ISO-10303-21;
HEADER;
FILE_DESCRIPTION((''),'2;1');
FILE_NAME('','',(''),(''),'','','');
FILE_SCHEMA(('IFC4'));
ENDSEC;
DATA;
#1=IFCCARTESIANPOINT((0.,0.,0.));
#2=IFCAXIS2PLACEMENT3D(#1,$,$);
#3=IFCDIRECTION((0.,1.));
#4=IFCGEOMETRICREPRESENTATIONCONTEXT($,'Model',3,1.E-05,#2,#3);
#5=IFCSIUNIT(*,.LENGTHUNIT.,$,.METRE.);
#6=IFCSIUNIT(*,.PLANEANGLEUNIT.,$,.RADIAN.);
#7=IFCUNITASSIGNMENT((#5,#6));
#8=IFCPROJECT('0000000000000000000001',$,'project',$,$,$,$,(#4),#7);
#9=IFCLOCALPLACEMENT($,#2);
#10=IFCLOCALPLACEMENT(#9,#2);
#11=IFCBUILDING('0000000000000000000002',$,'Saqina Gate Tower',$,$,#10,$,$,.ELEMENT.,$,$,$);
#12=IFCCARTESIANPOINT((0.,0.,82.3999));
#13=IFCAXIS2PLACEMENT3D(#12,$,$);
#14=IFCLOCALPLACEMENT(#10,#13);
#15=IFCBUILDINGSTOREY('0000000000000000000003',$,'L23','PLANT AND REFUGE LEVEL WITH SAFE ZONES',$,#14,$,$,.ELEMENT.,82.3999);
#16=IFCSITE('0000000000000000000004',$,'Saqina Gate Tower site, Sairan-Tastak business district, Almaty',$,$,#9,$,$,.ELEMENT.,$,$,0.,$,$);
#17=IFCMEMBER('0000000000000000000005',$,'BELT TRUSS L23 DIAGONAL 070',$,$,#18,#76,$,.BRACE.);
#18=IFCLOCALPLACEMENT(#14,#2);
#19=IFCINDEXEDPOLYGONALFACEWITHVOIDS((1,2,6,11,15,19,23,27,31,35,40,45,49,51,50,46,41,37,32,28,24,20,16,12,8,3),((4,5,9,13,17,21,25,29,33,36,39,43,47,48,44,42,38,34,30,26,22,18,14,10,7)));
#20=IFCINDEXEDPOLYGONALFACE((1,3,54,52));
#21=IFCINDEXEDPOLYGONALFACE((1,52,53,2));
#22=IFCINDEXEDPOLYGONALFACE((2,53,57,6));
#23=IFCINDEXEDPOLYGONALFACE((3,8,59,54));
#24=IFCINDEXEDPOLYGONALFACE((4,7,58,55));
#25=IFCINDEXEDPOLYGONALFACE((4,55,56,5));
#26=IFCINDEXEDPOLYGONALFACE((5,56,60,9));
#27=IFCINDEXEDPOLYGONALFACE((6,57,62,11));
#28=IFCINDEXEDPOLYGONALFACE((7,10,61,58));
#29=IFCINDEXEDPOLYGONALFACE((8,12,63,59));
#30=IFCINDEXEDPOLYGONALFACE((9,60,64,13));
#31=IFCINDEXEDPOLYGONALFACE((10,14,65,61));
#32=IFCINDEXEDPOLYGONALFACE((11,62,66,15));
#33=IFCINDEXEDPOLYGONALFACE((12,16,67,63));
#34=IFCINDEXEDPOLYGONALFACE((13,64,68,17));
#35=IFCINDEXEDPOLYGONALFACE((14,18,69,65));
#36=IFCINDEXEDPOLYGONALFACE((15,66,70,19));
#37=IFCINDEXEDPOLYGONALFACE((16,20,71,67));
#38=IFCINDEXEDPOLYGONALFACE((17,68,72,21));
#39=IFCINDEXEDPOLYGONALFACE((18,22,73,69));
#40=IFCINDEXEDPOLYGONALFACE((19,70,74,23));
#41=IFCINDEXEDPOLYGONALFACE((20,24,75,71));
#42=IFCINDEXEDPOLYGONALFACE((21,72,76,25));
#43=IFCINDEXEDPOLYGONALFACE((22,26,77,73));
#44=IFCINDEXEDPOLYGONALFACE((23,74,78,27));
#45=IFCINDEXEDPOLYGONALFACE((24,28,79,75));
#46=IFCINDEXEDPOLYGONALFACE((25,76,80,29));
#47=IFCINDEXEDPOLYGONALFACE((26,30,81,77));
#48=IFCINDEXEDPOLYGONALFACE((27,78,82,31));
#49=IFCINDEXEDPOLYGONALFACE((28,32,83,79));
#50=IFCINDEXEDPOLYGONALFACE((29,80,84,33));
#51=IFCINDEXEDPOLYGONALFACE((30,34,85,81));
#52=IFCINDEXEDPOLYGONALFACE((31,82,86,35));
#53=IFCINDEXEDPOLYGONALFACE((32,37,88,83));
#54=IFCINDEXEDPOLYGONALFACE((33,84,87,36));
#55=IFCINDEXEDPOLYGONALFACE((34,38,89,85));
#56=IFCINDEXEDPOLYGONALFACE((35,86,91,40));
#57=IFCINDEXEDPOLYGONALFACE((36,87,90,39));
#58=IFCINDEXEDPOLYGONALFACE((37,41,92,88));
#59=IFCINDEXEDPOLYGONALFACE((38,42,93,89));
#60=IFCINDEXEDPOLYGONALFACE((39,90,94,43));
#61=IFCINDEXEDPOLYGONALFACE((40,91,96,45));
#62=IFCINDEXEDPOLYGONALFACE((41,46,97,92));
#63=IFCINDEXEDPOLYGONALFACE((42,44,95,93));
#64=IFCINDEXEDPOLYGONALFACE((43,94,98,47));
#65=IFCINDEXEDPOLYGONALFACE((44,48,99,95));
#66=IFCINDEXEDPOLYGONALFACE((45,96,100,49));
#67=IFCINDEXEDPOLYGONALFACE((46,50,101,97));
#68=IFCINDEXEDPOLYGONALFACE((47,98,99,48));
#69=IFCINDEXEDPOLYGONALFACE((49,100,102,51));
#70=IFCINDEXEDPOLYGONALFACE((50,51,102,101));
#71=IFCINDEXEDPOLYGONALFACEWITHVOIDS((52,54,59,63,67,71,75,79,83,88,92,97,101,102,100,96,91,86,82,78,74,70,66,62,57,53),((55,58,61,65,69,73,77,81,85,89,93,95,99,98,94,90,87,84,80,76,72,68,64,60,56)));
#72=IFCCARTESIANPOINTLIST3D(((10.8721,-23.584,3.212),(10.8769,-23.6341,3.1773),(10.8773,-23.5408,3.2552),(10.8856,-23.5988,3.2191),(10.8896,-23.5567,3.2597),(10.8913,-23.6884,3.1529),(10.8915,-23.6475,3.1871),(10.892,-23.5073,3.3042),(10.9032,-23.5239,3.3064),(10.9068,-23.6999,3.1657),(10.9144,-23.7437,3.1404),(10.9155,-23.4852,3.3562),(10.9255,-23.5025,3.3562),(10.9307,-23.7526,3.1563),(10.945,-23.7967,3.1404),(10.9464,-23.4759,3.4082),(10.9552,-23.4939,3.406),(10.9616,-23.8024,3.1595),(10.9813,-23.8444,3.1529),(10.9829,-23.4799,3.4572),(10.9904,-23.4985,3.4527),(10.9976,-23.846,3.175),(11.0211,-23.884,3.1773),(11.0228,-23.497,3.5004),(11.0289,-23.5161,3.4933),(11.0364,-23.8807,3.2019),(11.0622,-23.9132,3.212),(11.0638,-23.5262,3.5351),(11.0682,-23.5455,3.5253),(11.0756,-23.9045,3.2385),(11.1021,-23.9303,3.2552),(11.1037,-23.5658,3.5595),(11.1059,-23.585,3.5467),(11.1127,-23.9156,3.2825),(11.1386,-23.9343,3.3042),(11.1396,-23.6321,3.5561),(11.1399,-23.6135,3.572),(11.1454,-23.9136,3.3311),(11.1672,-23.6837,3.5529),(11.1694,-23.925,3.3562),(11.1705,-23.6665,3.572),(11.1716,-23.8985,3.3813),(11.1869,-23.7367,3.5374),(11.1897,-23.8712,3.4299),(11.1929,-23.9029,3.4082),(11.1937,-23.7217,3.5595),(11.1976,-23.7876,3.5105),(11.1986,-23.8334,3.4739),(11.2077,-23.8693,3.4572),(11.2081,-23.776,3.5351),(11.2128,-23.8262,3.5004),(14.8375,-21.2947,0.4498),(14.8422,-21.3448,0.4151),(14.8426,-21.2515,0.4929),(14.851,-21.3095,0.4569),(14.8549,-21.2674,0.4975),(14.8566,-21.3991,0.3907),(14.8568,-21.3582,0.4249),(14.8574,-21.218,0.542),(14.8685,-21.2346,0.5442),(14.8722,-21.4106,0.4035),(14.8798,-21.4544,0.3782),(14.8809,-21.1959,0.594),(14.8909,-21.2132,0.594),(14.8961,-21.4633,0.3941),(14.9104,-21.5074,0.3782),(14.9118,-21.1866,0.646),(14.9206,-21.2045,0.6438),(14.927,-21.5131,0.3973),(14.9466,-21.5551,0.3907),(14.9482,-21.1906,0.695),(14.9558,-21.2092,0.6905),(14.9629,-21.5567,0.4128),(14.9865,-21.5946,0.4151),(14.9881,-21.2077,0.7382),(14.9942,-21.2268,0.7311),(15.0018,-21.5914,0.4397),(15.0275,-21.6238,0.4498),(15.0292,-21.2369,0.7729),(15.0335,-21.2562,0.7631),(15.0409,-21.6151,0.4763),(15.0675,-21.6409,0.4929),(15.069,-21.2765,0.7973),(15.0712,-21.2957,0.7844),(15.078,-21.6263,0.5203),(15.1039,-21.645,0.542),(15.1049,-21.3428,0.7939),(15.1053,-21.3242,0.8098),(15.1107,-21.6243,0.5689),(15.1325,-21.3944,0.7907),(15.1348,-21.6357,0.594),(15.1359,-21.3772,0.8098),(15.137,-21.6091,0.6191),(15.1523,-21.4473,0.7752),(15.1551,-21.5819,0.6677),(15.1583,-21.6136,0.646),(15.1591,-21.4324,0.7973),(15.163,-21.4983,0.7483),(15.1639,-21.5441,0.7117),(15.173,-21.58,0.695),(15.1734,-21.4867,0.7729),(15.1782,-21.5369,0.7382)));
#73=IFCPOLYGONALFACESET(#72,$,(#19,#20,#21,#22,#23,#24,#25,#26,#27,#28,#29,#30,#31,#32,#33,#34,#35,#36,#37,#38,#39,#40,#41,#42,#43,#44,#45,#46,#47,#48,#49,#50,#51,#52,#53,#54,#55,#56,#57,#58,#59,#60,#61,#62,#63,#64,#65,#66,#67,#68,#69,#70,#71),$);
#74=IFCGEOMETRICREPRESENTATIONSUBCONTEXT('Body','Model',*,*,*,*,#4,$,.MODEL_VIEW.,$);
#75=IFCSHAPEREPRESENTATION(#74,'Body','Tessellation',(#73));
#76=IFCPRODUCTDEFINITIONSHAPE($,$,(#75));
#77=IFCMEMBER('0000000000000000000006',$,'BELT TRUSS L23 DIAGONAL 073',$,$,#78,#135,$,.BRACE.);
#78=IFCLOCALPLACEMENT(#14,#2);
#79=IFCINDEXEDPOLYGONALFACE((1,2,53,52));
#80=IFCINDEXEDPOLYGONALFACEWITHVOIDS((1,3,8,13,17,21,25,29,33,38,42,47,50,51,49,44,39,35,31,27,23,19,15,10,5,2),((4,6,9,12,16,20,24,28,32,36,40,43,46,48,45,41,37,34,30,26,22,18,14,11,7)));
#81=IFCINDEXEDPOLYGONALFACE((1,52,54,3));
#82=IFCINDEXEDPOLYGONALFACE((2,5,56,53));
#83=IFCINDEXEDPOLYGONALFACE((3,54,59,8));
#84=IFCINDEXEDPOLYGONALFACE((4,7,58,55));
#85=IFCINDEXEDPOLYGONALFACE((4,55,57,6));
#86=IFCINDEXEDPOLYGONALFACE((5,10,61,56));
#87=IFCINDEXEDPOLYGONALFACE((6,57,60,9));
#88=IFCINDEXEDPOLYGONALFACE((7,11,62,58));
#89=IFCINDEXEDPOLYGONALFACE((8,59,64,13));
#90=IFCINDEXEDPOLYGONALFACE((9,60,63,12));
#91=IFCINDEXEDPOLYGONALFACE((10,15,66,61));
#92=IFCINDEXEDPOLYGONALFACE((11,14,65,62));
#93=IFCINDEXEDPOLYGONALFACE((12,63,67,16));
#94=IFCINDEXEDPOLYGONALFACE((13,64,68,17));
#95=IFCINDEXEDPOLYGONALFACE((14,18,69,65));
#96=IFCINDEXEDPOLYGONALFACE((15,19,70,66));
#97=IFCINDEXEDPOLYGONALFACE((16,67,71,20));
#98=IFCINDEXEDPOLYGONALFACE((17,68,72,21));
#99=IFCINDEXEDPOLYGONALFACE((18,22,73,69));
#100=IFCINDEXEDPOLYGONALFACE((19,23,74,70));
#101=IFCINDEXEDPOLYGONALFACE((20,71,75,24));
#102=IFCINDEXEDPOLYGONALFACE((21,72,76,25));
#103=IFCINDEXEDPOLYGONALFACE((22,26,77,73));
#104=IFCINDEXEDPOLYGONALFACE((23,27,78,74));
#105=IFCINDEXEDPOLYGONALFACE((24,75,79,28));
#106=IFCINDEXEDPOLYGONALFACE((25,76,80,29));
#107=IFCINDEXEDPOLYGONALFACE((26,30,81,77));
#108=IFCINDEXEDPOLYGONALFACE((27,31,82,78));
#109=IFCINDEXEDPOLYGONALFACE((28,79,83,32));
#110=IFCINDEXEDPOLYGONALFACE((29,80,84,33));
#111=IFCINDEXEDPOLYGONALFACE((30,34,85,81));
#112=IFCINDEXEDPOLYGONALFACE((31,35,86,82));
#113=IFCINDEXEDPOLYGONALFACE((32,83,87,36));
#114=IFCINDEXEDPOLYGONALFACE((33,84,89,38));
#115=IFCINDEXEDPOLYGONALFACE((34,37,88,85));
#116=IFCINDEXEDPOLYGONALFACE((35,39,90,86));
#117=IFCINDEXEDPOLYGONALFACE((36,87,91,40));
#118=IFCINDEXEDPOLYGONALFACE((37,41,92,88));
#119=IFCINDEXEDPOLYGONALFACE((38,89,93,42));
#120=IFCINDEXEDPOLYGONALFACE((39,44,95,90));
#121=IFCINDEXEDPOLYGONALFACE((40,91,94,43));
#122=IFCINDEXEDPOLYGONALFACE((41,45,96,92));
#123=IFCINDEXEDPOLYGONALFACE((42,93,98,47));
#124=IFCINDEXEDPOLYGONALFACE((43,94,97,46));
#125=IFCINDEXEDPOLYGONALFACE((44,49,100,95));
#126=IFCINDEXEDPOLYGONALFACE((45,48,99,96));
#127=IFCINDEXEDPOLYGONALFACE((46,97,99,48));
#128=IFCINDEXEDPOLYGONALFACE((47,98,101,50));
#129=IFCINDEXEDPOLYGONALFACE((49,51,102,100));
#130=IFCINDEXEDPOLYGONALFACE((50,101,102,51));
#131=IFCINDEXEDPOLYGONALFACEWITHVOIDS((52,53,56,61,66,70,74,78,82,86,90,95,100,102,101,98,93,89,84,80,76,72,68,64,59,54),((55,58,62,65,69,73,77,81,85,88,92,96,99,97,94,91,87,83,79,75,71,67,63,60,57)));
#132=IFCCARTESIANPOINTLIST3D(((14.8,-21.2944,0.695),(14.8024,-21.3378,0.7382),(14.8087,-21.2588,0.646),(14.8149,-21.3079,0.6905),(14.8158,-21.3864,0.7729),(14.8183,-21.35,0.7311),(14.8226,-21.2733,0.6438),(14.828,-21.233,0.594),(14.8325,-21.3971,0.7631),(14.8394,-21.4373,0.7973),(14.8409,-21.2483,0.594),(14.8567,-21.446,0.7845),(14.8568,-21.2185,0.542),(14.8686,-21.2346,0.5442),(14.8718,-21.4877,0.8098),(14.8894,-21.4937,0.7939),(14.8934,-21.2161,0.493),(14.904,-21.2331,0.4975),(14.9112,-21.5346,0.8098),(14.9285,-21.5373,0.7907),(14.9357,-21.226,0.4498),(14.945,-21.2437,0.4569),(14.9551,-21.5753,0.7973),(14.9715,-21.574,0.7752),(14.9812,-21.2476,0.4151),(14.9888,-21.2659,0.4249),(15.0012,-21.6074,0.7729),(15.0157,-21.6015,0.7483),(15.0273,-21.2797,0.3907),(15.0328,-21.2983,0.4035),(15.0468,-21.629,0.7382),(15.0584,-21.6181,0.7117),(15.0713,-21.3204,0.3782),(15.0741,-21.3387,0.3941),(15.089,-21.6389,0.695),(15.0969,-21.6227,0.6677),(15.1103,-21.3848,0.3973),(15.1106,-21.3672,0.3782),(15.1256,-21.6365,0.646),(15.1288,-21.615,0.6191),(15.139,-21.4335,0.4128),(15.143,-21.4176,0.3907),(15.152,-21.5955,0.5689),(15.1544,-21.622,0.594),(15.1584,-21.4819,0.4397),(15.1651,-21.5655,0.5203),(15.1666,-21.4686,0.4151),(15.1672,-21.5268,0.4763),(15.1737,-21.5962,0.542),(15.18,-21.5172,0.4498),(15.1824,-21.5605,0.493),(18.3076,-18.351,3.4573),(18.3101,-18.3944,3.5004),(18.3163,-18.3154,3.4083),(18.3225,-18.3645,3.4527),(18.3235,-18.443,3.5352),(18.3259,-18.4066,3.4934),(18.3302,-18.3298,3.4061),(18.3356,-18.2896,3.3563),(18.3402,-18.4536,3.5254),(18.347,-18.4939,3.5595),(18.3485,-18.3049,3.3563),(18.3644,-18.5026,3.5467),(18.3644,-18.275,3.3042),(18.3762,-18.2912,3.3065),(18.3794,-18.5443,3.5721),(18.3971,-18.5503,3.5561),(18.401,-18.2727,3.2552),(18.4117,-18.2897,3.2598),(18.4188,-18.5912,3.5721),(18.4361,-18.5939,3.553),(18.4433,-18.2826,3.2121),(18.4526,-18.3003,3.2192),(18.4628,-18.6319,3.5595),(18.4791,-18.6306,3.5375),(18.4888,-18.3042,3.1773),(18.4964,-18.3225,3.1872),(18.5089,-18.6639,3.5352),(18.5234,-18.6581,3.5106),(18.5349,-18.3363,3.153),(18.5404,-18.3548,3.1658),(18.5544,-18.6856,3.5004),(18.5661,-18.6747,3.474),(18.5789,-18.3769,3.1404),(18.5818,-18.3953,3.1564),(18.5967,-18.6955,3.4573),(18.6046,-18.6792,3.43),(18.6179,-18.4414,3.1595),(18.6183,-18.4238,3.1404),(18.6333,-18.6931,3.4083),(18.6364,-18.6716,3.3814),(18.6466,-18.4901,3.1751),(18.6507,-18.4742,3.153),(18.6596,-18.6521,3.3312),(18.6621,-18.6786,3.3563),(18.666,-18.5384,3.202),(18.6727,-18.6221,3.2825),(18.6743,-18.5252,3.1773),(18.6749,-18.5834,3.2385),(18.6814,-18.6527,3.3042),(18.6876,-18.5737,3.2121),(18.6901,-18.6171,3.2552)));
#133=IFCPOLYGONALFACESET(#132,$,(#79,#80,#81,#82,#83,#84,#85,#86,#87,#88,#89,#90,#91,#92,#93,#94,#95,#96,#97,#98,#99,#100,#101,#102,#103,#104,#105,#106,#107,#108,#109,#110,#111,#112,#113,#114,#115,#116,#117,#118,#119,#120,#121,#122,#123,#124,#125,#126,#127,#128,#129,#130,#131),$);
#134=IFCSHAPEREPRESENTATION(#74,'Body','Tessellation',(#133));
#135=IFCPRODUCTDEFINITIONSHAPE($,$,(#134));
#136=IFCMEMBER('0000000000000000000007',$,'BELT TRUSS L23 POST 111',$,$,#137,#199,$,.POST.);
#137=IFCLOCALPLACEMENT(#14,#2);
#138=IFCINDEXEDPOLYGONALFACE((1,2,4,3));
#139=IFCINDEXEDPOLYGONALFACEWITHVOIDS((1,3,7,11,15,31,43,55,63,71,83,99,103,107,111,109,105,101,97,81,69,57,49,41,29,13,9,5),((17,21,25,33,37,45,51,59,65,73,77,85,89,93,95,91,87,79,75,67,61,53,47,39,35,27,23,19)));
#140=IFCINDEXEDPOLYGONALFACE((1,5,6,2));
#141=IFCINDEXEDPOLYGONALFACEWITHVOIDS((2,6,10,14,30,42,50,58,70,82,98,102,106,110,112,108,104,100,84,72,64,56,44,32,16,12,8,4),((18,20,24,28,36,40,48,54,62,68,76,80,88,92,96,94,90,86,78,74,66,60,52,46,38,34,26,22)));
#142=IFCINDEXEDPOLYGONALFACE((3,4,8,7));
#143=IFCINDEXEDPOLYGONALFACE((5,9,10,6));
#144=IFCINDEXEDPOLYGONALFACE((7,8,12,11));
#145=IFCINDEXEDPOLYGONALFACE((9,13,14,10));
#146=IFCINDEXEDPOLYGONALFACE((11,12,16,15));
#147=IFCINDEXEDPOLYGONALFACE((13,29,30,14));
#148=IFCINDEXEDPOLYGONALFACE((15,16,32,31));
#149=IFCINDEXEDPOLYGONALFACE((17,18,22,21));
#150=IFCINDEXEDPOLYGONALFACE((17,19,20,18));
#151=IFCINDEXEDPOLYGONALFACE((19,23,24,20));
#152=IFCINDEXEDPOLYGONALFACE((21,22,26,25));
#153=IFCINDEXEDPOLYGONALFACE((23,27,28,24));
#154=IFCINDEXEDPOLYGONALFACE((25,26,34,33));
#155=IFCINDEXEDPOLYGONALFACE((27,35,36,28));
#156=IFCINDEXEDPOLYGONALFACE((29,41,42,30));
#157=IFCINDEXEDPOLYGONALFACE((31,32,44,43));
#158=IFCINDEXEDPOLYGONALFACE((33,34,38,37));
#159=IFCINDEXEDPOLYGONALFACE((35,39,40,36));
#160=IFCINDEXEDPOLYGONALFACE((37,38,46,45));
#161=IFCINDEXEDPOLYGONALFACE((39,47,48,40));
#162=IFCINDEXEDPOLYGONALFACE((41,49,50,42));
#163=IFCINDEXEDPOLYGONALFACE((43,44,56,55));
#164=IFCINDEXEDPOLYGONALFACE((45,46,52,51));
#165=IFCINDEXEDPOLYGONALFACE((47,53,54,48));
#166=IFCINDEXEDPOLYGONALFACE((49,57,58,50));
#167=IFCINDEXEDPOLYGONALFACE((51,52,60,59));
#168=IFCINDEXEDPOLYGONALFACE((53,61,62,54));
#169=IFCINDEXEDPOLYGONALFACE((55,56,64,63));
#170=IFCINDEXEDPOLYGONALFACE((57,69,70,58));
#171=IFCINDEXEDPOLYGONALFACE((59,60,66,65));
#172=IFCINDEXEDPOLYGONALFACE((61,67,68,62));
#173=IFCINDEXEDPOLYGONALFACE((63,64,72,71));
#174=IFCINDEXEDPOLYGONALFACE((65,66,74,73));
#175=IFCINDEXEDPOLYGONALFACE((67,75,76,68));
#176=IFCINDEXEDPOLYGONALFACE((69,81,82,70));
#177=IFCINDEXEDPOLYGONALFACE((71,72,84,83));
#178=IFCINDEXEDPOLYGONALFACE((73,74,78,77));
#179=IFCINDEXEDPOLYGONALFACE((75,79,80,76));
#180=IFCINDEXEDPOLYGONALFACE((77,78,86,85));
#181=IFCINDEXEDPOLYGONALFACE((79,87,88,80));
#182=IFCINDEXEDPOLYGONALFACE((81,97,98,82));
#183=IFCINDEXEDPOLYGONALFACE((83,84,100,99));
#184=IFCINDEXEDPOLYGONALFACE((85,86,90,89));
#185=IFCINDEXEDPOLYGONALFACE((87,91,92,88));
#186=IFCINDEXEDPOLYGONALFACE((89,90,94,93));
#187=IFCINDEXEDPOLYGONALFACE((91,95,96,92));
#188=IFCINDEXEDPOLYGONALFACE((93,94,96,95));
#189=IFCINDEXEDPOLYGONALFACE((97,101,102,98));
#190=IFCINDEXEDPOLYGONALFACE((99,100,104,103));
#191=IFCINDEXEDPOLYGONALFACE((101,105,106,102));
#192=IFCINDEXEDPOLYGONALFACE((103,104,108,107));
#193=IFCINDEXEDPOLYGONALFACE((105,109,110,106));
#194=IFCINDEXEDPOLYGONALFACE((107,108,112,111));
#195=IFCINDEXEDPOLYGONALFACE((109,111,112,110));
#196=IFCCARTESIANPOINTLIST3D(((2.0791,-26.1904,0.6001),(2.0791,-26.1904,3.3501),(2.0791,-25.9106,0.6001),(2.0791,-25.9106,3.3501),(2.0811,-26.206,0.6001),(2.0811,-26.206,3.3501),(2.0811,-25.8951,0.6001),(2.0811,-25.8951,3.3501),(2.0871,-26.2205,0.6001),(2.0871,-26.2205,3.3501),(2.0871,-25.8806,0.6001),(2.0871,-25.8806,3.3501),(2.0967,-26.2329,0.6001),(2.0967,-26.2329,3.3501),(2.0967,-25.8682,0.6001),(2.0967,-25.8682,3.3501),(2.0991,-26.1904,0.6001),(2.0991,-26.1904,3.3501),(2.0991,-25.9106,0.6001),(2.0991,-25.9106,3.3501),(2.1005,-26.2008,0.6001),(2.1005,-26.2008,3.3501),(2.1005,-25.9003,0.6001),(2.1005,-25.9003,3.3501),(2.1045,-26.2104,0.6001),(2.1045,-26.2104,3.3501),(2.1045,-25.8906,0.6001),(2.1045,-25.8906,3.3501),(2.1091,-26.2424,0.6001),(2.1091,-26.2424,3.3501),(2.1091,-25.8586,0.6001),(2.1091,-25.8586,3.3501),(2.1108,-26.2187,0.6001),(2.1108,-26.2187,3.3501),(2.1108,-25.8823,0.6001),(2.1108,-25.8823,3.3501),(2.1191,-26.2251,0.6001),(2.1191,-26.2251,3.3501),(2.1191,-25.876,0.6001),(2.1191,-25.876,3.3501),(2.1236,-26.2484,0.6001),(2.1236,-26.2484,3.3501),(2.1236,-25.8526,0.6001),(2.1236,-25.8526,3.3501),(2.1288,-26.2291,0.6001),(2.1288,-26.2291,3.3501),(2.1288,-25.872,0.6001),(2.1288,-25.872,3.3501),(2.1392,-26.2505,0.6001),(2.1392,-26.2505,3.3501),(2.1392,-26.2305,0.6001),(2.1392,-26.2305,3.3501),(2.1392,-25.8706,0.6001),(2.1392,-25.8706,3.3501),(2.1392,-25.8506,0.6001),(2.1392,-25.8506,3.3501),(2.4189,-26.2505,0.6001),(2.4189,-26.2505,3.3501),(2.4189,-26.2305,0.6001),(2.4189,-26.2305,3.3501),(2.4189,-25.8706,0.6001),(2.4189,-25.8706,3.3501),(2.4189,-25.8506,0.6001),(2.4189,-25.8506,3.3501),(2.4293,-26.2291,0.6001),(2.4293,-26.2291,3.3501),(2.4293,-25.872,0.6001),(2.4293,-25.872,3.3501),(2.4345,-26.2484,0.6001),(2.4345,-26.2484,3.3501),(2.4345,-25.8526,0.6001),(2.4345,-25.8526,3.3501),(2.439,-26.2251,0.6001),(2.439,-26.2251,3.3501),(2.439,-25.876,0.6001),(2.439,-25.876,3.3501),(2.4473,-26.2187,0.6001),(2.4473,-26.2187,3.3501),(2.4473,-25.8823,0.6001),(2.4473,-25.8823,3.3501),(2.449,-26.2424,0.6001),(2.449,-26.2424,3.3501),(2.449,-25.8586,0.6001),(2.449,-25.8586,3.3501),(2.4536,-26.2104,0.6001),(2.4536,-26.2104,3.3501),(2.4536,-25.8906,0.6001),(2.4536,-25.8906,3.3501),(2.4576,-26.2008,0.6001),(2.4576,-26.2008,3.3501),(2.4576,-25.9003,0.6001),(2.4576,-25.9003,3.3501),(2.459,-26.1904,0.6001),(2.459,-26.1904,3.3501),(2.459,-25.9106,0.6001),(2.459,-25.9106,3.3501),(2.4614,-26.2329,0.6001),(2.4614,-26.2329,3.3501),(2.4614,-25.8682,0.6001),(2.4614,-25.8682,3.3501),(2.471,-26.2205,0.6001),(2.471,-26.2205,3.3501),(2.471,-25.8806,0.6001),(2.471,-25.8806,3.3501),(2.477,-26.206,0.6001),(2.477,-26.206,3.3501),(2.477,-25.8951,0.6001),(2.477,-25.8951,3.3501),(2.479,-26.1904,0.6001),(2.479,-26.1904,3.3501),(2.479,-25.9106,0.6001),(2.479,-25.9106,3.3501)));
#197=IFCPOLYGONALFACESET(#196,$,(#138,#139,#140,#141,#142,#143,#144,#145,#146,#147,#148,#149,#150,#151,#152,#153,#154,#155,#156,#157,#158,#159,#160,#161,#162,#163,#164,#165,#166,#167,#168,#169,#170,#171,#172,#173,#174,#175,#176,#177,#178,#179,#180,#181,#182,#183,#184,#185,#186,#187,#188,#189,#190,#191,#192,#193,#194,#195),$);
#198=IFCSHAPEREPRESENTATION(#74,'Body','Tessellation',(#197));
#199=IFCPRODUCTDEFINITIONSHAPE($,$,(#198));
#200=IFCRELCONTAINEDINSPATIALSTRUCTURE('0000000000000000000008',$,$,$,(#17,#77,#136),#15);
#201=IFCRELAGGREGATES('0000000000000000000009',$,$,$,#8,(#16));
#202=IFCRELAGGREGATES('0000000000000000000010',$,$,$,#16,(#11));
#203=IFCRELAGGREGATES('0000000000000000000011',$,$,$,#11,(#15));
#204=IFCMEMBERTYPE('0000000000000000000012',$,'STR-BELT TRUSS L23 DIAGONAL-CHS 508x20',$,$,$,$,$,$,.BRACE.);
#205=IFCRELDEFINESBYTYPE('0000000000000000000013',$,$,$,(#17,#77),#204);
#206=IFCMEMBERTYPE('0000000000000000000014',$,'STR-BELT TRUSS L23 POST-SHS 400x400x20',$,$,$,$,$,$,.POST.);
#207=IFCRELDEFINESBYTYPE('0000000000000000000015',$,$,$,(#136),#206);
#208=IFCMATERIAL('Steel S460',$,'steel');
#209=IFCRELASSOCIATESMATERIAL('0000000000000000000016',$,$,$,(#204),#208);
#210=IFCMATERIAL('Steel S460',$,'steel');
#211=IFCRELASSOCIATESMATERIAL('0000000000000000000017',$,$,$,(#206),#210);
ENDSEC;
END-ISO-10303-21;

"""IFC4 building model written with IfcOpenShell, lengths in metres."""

from ifc_helpers import new_model, si_unit, direction, frame, origin, origin_2d, place, context, subcontext, project, spatial, hollow_rectangle, hollow_circle, extrude, material, material_profile, profile_set, type_object, element, save


model = new_model("IFC4")

# Units and contexts
model_context = context("Model", 3, precision=1e-05, world=origin(), true_north=direction((0.0, 1.0)))
body_context = subcontext(model_context, "Body", "Model", "MODEL_VIEW")
ifc_project = project(units=[si_unit("LENGTHUNIT", "METRE"), si_unit("PLANEANGLEUNIT", "RADIAN")], contexts=[model_context])

# Site, building, storey
site_placement = place(None, origin())
site = spatial("IfcSite", under=ifc_project, at=site_placement, Name="Saqina Gate Tower site, Sairan-Tastak business district, Almaty", CompositionType="ELEMENT", RefElevation=0.0)
building_placement = place(site_placement, origin())
building = spatial("IfcBuilding", under=site, at=building_placement, Name="Saqina Gate Tower", CompositionType="ELEMENT")
storey_placement = place(building_placement, frame((0.0, 0.0, 82.3999)))
storey = spatial("IfcBuildingStorey", under=building, at=storey_placement, Name="L23", Description="PLANT AND REFUGE LEVEL WITH SAFE ZONES", CompositionType="ELEMENT", Elevation=82.3999)

# Members
ifc_material_1 = material(Name="Steel S460", Category="steel")
ifc_material_profile_1 = material_profile(ifc_material_1, hollow_circle(Radius=0.2539, WallThickness=0.02, at=origin_2d()), Name="CHS 508x20")
ifc_profile_set_1 = profile_set([ifc_material_profile_1], Name="Steel S460")
member_type_1 = type_object("IfcMemberType", Name="STR-BELT TRUSS L23 DIAGONAL-CHS 508x20", PredefinedType="BRACE", material=ifc_profile_set_1)
for number, where, z_axis, x_axis, name in (
    (1, (11.0425, -23.7051, 3.3562), (0.741545, 0.428117, -0.516552), (-0.499987, 0.866033, 0.0), "BELT TRUSS L23 DIAGONAL 070"),
):
    element("IfcMember", number, at=place(storey_placement, frame(where, z_axis=z_axis, x_axis=x_axis)), inside=storey, type_object=member_type_1, Name=name, PredefinedType="BRACE", context=body_context, shape_type="SweptSolid", body=[
        extrude(hollow_circle(Radius=0.2539, WallThickness=0.02, at=origin_2d()), origin(), (0.0, 0.0, 1.0), 5.3474),
    ])
member_1_placement = place(storey_placement, frame((14.9912, -21.4275, 0.594), z_axis=(0.655922, 0.550414, 0.516538), x_axis=(-0.642808, 0.766027, 0.0)))
element("IfcMember", 2, at=member_1_placement, inside=storey, type_object=member_type_1, Name="BELT TRUSS L23 DIAGONAL 073", PredefinedType="BRACE", context=body_context, shape_type="SweptSolid", body=[
    extrude(hollow_circle(Radius=0.2539, WallThickness=0.02, at=origin_2d()), origin(), (0.0, 0.0, 1.0), 5.3477),
])
ifc_material_2 = material(Name="Steel S460", Category="steel")
ifc_material_profile_2 = material_profile(ifc_material_2, hollow_rectangle(XDim=0.3999, YDim=0.3999, WallThickness=0.02, InnerFilletRadius=0.04, OuterFilletRadius=0.0601, at=origin_2d()), Name="SHS 400x400x20")
ifc_profile_set_2 = profile_set([ifc_material_profile_2], Name="Steel S460")
member_type_2 = type_object("IfcMemberType", Name="STR-BELT TRUSS L23 POST-SHS 400x400x20", PredefinedType="POST", material=ifc_profile_set_2)
for number, where, z_axis, x_axis, name in (
    (3, (2.2791, -26.0505, 0.6001), (0.0, 0.0, 1.0), (1.0, 0.0, 0.0), "BELT TRUSS L23 POST 111"),
):
    element("IfcMember", number, at=place(storey_placement, frame(where, z_axis=z_axis, x_axis=x_axis)), inside=storey, type_object=member_type_2, Name=name, PredefinedType="POST", context=body_context, shape_type="SweptSolid", body=[
        extrude(hollow_rectangle(XDim=0.3999, YDim=0.3999, WallThickness=0.02, InnerFilletRadius=0.04, OuterFilletRadius=0.0601, at=origin_2d()), origin(), (0.0, 0.0, 1.0), 2.75),
    ])

save(model, "model.ifc")
